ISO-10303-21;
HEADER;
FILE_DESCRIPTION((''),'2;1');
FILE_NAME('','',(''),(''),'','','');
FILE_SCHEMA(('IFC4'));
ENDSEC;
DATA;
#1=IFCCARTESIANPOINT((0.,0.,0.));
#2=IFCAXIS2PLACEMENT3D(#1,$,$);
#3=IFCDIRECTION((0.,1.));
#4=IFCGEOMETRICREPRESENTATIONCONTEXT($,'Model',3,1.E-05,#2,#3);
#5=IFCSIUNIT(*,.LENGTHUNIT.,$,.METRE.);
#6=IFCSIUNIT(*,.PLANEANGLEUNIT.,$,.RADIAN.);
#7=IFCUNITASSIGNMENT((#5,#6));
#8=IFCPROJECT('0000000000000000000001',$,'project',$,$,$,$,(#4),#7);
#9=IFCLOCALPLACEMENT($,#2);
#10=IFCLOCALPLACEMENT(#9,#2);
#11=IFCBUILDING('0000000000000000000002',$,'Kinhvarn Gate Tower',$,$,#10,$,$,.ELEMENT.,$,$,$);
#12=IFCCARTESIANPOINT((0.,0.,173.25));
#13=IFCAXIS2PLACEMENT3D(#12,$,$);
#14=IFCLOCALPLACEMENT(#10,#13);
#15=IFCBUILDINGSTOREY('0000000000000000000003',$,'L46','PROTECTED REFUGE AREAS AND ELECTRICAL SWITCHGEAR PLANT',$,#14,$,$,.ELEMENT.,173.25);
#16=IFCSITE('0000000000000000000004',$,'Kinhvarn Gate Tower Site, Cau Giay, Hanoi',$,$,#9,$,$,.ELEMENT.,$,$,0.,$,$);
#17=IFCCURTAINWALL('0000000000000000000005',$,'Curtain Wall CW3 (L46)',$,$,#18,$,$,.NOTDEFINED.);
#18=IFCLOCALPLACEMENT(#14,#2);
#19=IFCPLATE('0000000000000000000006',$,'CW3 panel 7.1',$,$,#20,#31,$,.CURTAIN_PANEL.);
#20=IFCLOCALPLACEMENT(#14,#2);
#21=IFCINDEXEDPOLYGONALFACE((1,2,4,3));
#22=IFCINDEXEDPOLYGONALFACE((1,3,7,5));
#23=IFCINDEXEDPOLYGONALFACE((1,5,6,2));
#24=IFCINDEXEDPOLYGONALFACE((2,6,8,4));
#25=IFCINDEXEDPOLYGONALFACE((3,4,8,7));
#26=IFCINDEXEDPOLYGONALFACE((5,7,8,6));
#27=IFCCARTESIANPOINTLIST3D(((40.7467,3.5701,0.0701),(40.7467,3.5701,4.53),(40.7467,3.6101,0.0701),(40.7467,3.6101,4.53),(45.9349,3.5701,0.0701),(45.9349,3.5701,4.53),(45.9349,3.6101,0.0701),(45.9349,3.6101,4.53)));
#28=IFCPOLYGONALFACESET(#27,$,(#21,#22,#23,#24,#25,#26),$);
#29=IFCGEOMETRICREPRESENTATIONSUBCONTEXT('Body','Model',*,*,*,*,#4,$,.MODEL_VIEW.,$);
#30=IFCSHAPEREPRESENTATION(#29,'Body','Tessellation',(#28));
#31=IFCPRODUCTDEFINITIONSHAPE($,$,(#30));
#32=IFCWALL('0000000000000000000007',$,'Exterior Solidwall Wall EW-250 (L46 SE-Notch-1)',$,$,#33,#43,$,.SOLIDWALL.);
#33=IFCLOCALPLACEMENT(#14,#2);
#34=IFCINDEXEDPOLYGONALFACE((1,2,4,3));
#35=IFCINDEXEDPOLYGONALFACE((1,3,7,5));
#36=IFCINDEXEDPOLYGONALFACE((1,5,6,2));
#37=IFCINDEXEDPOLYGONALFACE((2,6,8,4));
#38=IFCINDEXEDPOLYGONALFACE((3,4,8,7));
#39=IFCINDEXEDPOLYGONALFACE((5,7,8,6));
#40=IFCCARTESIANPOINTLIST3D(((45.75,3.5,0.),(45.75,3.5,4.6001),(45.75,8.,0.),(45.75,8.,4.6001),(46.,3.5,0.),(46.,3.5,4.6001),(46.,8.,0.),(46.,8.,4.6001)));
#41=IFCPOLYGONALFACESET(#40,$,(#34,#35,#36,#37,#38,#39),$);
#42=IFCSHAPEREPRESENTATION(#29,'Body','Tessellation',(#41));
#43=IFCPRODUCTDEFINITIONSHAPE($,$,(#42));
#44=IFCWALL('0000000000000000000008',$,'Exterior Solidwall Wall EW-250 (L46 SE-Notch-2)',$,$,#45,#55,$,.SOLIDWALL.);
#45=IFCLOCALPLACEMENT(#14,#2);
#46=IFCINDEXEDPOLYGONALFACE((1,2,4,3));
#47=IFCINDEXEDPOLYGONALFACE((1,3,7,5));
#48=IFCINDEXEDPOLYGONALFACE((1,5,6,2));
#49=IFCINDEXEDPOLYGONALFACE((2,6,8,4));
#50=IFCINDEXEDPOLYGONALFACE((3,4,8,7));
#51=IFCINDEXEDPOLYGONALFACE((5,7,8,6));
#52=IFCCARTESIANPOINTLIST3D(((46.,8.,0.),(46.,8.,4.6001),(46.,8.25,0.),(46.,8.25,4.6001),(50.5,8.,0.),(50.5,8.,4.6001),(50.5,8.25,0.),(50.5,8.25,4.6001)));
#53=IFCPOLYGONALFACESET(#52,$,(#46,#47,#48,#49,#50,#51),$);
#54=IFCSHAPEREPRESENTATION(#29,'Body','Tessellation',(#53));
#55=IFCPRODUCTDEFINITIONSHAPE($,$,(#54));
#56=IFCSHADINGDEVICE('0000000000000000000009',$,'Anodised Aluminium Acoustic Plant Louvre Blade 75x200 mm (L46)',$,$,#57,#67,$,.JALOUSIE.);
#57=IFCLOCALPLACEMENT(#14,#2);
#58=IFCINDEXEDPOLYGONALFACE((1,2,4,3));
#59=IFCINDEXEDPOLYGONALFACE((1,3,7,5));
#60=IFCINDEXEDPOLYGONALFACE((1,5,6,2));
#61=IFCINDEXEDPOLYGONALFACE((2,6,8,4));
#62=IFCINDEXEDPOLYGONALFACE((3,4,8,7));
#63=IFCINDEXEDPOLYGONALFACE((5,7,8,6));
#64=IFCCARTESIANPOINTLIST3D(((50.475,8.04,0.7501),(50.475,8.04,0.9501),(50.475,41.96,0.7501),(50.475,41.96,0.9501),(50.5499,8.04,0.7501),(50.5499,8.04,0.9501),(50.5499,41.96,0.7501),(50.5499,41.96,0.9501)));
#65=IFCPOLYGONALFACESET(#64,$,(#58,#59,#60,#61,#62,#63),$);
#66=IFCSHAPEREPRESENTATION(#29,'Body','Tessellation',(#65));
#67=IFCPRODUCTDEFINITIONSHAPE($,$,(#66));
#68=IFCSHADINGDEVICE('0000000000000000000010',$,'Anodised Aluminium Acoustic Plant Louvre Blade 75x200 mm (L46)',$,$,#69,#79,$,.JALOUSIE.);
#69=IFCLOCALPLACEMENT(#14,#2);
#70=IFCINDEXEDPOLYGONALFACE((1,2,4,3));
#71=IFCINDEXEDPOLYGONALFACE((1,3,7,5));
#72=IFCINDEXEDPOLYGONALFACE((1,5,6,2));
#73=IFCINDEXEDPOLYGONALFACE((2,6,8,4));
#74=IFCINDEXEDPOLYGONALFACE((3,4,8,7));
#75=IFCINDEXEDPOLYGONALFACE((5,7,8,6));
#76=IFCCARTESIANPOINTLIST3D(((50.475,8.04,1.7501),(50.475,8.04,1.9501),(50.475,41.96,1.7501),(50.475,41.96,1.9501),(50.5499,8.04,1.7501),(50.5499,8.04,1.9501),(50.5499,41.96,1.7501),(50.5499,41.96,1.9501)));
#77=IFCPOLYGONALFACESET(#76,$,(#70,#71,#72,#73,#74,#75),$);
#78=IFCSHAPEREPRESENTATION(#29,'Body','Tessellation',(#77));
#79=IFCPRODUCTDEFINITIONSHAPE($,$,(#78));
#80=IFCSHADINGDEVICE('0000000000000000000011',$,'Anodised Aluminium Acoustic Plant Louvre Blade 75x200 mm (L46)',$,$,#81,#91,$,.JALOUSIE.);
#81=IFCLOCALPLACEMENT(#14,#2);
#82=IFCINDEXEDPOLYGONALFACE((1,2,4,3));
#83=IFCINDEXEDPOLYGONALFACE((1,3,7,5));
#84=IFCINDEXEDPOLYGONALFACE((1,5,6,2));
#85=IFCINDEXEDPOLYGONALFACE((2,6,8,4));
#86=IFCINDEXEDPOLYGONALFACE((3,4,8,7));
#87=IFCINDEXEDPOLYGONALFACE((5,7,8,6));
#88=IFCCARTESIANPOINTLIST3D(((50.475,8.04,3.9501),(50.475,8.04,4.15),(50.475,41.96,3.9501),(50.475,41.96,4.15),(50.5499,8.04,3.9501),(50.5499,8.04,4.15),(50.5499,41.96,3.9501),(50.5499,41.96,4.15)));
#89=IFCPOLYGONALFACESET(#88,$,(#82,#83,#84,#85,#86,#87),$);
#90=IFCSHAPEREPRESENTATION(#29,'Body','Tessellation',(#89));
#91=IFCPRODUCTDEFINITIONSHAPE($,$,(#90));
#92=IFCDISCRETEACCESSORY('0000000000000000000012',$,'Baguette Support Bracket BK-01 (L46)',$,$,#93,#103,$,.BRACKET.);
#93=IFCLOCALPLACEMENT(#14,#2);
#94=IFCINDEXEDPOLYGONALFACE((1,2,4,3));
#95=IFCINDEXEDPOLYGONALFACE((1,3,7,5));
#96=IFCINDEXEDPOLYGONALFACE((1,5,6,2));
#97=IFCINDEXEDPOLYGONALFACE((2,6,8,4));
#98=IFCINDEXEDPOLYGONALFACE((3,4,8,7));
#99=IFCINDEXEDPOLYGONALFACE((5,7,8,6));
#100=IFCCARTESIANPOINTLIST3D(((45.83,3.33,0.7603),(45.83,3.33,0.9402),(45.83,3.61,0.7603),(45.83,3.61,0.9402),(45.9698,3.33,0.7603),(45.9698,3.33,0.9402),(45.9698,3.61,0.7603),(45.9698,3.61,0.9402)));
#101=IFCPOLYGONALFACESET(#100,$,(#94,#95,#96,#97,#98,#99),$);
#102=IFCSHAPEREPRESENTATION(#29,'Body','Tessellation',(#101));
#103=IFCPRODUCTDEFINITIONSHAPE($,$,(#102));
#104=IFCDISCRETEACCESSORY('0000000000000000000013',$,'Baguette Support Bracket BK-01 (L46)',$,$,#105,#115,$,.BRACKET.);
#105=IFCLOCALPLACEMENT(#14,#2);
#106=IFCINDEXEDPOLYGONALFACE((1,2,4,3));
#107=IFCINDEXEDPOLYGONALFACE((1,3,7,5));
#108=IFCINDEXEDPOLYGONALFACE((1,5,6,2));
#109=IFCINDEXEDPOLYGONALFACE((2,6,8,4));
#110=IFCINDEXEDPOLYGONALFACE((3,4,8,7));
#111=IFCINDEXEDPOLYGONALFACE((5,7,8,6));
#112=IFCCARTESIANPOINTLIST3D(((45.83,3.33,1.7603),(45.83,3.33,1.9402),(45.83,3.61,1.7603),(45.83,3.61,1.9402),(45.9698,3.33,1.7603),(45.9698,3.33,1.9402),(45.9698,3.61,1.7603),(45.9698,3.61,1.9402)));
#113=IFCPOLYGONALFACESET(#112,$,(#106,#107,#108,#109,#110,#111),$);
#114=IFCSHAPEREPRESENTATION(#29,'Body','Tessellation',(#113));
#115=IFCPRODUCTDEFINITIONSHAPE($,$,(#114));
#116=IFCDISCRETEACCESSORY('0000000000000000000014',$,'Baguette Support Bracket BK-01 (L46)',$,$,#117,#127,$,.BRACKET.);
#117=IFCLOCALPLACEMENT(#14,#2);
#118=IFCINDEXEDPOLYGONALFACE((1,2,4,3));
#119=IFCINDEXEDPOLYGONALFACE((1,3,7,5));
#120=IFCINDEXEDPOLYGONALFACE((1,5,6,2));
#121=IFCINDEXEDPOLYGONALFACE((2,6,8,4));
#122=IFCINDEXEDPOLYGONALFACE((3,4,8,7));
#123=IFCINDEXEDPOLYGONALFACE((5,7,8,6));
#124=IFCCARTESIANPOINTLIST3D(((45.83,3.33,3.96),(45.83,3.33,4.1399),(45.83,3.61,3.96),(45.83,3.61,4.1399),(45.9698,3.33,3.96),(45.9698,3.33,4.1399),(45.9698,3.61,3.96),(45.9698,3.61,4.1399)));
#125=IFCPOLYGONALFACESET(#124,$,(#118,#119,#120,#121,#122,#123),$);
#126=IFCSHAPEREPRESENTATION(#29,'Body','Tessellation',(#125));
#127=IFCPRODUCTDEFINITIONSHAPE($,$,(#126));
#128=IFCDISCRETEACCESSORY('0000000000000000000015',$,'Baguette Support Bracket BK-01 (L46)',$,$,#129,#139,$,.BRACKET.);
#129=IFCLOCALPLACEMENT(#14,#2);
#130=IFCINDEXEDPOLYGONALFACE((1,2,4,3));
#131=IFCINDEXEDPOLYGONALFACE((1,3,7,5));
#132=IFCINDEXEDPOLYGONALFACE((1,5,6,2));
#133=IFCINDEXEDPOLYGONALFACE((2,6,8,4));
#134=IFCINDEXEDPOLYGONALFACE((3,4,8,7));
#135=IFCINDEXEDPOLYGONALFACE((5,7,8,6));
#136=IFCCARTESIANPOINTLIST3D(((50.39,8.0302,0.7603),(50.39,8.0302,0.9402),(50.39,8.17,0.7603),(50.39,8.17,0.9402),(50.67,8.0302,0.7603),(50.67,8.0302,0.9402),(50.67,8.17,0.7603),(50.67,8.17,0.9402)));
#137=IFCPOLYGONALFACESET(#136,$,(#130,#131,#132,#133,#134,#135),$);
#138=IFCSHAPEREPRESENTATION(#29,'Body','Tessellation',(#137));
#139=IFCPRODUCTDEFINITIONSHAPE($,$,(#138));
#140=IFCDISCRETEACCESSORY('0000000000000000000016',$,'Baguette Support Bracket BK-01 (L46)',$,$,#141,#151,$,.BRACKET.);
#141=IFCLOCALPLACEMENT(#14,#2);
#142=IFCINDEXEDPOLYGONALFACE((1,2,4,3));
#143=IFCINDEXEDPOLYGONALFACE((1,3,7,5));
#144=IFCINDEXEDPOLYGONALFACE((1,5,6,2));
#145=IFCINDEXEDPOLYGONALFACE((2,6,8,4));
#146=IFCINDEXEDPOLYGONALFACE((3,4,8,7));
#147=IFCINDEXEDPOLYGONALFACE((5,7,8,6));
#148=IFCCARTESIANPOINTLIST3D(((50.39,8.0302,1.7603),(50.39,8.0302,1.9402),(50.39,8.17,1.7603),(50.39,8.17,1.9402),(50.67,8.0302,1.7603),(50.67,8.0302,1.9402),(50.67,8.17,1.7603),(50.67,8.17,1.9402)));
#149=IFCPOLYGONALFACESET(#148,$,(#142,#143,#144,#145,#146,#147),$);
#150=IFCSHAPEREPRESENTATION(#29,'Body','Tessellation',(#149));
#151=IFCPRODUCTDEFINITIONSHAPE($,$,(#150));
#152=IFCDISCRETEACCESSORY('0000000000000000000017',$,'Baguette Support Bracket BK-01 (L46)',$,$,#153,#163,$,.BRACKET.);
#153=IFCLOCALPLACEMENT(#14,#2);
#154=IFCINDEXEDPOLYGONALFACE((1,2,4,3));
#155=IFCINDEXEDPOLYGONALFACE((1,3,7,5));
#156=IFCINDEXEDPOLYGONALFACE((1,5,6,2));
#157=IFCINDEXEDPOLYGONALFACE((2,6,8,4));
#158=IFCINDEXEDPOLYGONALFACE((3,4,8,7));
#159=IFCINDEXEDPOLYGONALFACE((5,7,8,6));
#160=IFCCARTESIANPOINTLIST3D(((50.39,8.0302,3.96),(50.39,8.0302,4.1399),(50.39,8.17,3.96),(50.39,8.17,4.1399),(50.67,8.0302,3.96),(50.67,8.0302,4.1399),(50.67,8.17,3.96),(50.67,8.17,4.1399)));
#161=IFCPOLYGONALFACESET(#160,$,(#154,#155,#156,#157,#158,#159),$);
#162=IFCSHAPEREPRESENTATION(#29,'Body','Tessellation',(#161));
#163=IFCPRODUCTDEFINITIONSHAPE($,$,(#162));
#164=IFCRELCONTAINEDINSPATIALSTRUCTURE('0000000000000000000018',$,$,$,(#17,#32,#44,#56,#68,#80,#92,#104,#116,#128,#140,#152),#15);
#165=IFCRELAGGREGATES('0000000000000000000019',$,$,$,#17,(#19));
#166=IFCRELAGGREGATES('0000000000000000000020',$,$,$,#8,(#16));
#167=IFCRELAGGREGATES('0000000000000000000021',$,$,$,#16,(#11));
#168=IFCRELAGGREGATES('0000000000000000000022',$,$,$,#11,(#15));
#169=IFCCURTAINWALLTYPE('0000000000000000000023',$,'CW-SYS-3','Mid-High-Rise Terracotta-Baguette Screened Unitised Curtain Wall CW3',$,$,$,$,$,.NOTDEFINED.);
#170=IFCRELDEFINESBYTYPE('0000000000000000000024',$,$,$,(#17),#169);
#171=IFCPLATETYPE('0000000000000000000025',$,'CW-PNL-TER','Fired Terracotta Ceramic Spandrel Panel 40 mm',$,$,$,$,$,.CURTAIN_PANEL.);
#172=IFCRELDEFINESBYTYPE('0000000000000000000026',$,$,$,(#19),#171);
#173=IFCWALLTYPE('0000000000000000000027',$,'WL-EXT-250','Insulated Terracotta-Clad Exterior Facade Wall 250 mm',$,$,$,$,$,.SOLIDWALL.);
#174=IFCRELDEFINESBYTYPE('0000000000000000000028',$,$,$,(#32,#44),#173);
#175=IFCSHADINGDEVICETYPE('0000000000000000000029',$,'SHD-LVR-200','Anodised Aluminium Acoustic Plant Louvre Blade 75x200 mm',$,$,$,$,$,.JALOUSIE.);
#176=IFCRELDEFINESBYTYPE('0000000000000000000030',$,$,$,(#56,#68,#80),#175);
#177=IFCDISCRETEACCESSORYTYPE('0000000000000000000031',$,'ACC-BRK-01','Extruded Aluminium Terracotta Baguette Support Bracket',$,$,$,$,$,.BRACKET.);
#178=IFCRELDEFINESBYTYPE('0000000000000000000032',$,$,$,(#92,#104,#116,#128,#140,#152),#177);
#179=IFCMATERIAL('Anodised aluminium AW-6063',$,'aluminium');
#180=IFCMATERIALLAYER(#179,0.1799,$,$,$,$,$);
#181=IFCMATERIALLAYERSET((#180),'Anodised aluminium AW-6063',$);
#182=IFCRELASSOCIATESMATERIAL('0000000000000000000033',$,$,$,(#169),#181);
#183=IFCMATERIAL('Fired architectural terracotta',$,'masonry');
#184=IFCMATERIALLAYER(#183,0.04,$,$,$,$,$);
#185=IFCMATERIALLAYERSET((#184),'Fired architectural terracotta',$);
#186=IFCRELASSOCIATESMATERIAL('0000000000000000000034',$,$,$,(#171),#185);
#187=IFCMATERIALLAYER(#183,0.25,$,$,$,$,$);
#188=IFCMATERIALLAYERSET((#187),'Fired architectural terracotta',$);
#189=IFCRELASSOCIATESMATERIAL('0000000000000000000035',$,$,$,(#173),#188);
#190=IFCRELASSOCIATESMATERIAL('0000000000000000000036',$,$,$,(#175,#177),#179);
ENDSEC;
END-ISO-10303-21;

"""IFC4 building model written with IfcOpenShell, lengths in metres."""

from ifc_helpers import new_model, si_unit, direction, frame, frame_2d, origin, origin_2d, place, context, subcontext, project, spatial, rectangle, extrude, material, layer, layer_set, material_profile, profile_set, type_object, element, aggregate, save


model = new_model("IFC4")

# Units and contexts
model_context = context("Model", 3, precision=1e-05, world=origin(), true_north=direction((0.0, 1.0)))
body_context = subcontext(model_context, "Body", "Model", "MODEL_VIEW")
ifc_project = project(units=[si_unit("LENGTHUNIT", "METRE"), si_unit("PLANEANGLEUNIT", "RADIAN")], contexts=[model_context])

# Site, building, storey
site_placement = place(None, origin())
site = spatial("IfcSite", under=ifc_project, at=site_placement, Name="Kinhvarn Gate Tower Site, Cau Giay, Hanoi", CompositionType="ELEMENT", RefElevation=0.0)
building_placement = place(site_placement, origin())
building = spatial("IfcBuilding", under=site, at=building_placement, Name="Kinhvarn Gate Tower", CompositionType="ELEMENT")
storey_placement = place(building_placement, frame((0.0, 0.0, 173.25)))
storey = spatial("IfcBuildingStorey", under=building, at=storey_placement, Name="L46", Description="PROTECTED REFUGE AREAS AND ELECTRICAL SWITCHGEAR PLANT", CompositionType="ELEMENT", Elevation=173.25)

# Curtain wall
ifc_material_1 = material(Name="Anodised aluminium AW-6063", Category="aluminium")
ifc_layer_1 = layer(ifc_material_1, 0.1799)
ifc_layer_set_1 = layer_set([ifc_layer_1], Name="Anodised aluminium AW-6063")
curtain_wall_type = type_object("IfcCurtainWallType", Name="CW-SYS-3", Description="Mid-High-Rise Terracotta-Baguette Screened Unitised Curtain Wall CW3", PredefinedType="NOTDEFINED", material=ifc_layer_set_1)
curtain_wall_1_placement = place(storey_placement, origin())
curtain_wall_1 = element("IfcCurtainWall", 1, at=curtain_wall_1_placement, inside=storey, type_object=curtain_wall_type, Name="Curtain Wall CW3 (L46)", PredefinedType="NOTDEFINED")

# Plate
ifc_material_2 = material(Name="Fired architectural terracotta", Category="masonry")
ifc_layer_2 = layer(ifc_material_2, 0.04)
ifc_layer_set_2 = layer_set([ifc_layer_2], Name="Fired architectural terracotta")
plate_type = type_object("IfcPlateType", Name="CW-PNL-TER", Description="Fired Terracotta Ceramic Spandrel Panel 40 mm", PredefinedType="CURTAIN_PANEL", material=ifc_layer_set_2)
plate_placement = place(storey_placement, frame((43.3408, 3.5901, 0.0701), z_axis=(0.0, 0.0, 1.0), x_axis=(1.0, 0.0, 0.0)))
plate = element("IfcPlate", 2, at=plate_placement, type_object=plate_type, Name="CW3 panel 7.1", PredefinedType="CURTAIN_PANEL", context=body_context, shape_type="SweptSolid", body=[
    extrude(rectangle(XDim=5.1882, YDim=0.04, at=origin_2d()), origin(), (0.0, 0.0, 1.0), 4.46),
])
aggregate(curtain_wall_1, [plate])

# Walls
ifc_layer_3 = layer(ifc_material_2, 0.25)
ifc_layer_set_3 = layer_set([ifc_layer_3], Name="Fired architectural terracotta")
wall_type = type_object("IfcWallType", Name="WL-EXT-250", Description="Insulated Terracotta-Clad Exterior Facade Wall 250 mm", PredefinedType="SOLIDWALL", material=ifc_layer_set_3)
for number, where, z_axis, x_axis, name in (
    (3, (45.875, 3.5, 0.0), (0.0, 0.0, 1.0), (0.0, 1.0, 0.0), "Exterior Solidwall Wall EW-250 (L46 SE-Notch-1)"),
    (4, (46.0, 8.125, 0.0), (0.0, 0.0, 1.0), (1.0, 0.0, 0.0), "Exterior Solidwall Wall EW-250 (L46 SE-Notch-2)"),
):
    element("IfcWall", number, at=place(storey_placement, frame(where, z_axis=z_axis, x_axis=x_axis)), inside=storey, type_object=wall_type, Name=name, PredefinedType="SOLIDWALL", context=body_context, shape_type="SweptSolid", body=[
        extrude(rectangle(XDim=4.5, YDim=0.25, at=frame_2d((2.25, 0.0))), origin(), (0.0, 0.0, 1.0), 4.6001),
    ])

# Shading devices
ifc_material_profile_1 = material_profile(ifc_material_1, rectangle(XDim=0.075, YDim=0.2, at=origin_2d()), Name="LOUVRE 75x200")
ifc_profile_set_1 = profile_set([ifc_material_profile_1], Name="Anodised aluminium AW-6063")
shading_device_type = type_object("IfcShadingDeviceType", Name="SHD-LVR-200", Description="Anodised Aluminium Acoustic Plant Louvre Blade 75x200 mm", PredefinedType="JALOUSIE", material=ifc_profile_set_1)
for number, where, z_axis, x_axis, name in (
    (5, (50.5125, 8.04, 0.8501), (0.0, 1.0, 0.0), (-1.0, 0.0, 0.0), "Anodised Aluminium Acoustic Plant Louvre Blade 75x200 mm (L46)"),
    (6, (50.5125, 8.04, 1.8501), (0.0, 1.0, 0.0), (-1.0, 0.0, 0.0), "Anodised Aluminium Acoustic Plant Louvre Blade 75x200 mm (L46)"),
    (7, (50.5125, 8.04, 4.05), (0.0, 1.0, 0.0), (-1.0, 0.0, 0.0), "Anodised Aluminium Acoustic Plant Louvre Blade 75x200 mm (L46)"),
):
    element("IfcShadingDevice", number, at=place(storey_placement, frame(where, z_axis=z_axis, x_axis=x_axis)), inside=storey, type_object=shading_device_type, Name=name, PredefinedType="JALOUSIE", context=body_context, shape_type="SweptSolid", body=[
        extrude(rectangle(XDim=0.075, YDim=0.2, at=origin_2d()), origin(), (0.0, 0.0, 1.0), 33.9199),
    ])

# Discrete accessories
discrete_accessory_type = type_object("IfcDiscreteAccessoryType", Name="ACC-BRK-01", Description="Extruded Aluminium Terracotta Baguette Support Bracket", PredefinedType="BRACKET", material=ifc_material_1)
for number, where, z_axis, x_axis, name in (
    (8, (45.8999, 3.47, 0.7603), (0.0, 0.0, 1.0), (1.0, 0.0, 0.0), "Baguette Support Bracket BK-01 (L46)"),
    (9, (45.8999, 3.47, 1.7603), (0.0, 0.0, 1.0), (1.0, 0.0, 0.0), "Baguette Support Bracket BK-01 (L46)"),
    (10, (45.8999, 3.47, 3.96), (0.0, 0.0, 1.0), (1.0, 0.0, 0.0), "Baguette Support Bracket BK-01 (L46)"),
    (11, (50.53, 8.1001, 0.7603), (0.0, 0.0, 1.0), (0.0, 1.0, 0.0), "Baguette Support Bracket BK-01 (L46)"),
    (12, (50.53, 8.1001, 1.7603), (0.0, 0.0, 1.0), (0.0, 1.0, 0.0), "Baguette Support Bracket BK-01 (L46)"),
    (13, (50.53, 8.1001, 3.96), (0.0, 0.0, 1.0), (0.0, 1.0, 0.0), "Baguette Support Bracket BK-01 (L46)"),
):
    element("IfcDiscreteAccessory", number, at=place(storey_placement, frame(where, z_axis=z_axis, x_axis=x_axis)), inside=storey, type_object=discrete_accessory_type, Name=name, PredefinedType="BRACKET", context=body_context, shape_type="SweptSolid", body=[
        extrude(rectangle(XDim=0.1399, YDim=0.28, at=origin_2d()), origin(), (0.0, 0.0, 1.0), 0.1799),
    ])

save(model, "model.ifc")
